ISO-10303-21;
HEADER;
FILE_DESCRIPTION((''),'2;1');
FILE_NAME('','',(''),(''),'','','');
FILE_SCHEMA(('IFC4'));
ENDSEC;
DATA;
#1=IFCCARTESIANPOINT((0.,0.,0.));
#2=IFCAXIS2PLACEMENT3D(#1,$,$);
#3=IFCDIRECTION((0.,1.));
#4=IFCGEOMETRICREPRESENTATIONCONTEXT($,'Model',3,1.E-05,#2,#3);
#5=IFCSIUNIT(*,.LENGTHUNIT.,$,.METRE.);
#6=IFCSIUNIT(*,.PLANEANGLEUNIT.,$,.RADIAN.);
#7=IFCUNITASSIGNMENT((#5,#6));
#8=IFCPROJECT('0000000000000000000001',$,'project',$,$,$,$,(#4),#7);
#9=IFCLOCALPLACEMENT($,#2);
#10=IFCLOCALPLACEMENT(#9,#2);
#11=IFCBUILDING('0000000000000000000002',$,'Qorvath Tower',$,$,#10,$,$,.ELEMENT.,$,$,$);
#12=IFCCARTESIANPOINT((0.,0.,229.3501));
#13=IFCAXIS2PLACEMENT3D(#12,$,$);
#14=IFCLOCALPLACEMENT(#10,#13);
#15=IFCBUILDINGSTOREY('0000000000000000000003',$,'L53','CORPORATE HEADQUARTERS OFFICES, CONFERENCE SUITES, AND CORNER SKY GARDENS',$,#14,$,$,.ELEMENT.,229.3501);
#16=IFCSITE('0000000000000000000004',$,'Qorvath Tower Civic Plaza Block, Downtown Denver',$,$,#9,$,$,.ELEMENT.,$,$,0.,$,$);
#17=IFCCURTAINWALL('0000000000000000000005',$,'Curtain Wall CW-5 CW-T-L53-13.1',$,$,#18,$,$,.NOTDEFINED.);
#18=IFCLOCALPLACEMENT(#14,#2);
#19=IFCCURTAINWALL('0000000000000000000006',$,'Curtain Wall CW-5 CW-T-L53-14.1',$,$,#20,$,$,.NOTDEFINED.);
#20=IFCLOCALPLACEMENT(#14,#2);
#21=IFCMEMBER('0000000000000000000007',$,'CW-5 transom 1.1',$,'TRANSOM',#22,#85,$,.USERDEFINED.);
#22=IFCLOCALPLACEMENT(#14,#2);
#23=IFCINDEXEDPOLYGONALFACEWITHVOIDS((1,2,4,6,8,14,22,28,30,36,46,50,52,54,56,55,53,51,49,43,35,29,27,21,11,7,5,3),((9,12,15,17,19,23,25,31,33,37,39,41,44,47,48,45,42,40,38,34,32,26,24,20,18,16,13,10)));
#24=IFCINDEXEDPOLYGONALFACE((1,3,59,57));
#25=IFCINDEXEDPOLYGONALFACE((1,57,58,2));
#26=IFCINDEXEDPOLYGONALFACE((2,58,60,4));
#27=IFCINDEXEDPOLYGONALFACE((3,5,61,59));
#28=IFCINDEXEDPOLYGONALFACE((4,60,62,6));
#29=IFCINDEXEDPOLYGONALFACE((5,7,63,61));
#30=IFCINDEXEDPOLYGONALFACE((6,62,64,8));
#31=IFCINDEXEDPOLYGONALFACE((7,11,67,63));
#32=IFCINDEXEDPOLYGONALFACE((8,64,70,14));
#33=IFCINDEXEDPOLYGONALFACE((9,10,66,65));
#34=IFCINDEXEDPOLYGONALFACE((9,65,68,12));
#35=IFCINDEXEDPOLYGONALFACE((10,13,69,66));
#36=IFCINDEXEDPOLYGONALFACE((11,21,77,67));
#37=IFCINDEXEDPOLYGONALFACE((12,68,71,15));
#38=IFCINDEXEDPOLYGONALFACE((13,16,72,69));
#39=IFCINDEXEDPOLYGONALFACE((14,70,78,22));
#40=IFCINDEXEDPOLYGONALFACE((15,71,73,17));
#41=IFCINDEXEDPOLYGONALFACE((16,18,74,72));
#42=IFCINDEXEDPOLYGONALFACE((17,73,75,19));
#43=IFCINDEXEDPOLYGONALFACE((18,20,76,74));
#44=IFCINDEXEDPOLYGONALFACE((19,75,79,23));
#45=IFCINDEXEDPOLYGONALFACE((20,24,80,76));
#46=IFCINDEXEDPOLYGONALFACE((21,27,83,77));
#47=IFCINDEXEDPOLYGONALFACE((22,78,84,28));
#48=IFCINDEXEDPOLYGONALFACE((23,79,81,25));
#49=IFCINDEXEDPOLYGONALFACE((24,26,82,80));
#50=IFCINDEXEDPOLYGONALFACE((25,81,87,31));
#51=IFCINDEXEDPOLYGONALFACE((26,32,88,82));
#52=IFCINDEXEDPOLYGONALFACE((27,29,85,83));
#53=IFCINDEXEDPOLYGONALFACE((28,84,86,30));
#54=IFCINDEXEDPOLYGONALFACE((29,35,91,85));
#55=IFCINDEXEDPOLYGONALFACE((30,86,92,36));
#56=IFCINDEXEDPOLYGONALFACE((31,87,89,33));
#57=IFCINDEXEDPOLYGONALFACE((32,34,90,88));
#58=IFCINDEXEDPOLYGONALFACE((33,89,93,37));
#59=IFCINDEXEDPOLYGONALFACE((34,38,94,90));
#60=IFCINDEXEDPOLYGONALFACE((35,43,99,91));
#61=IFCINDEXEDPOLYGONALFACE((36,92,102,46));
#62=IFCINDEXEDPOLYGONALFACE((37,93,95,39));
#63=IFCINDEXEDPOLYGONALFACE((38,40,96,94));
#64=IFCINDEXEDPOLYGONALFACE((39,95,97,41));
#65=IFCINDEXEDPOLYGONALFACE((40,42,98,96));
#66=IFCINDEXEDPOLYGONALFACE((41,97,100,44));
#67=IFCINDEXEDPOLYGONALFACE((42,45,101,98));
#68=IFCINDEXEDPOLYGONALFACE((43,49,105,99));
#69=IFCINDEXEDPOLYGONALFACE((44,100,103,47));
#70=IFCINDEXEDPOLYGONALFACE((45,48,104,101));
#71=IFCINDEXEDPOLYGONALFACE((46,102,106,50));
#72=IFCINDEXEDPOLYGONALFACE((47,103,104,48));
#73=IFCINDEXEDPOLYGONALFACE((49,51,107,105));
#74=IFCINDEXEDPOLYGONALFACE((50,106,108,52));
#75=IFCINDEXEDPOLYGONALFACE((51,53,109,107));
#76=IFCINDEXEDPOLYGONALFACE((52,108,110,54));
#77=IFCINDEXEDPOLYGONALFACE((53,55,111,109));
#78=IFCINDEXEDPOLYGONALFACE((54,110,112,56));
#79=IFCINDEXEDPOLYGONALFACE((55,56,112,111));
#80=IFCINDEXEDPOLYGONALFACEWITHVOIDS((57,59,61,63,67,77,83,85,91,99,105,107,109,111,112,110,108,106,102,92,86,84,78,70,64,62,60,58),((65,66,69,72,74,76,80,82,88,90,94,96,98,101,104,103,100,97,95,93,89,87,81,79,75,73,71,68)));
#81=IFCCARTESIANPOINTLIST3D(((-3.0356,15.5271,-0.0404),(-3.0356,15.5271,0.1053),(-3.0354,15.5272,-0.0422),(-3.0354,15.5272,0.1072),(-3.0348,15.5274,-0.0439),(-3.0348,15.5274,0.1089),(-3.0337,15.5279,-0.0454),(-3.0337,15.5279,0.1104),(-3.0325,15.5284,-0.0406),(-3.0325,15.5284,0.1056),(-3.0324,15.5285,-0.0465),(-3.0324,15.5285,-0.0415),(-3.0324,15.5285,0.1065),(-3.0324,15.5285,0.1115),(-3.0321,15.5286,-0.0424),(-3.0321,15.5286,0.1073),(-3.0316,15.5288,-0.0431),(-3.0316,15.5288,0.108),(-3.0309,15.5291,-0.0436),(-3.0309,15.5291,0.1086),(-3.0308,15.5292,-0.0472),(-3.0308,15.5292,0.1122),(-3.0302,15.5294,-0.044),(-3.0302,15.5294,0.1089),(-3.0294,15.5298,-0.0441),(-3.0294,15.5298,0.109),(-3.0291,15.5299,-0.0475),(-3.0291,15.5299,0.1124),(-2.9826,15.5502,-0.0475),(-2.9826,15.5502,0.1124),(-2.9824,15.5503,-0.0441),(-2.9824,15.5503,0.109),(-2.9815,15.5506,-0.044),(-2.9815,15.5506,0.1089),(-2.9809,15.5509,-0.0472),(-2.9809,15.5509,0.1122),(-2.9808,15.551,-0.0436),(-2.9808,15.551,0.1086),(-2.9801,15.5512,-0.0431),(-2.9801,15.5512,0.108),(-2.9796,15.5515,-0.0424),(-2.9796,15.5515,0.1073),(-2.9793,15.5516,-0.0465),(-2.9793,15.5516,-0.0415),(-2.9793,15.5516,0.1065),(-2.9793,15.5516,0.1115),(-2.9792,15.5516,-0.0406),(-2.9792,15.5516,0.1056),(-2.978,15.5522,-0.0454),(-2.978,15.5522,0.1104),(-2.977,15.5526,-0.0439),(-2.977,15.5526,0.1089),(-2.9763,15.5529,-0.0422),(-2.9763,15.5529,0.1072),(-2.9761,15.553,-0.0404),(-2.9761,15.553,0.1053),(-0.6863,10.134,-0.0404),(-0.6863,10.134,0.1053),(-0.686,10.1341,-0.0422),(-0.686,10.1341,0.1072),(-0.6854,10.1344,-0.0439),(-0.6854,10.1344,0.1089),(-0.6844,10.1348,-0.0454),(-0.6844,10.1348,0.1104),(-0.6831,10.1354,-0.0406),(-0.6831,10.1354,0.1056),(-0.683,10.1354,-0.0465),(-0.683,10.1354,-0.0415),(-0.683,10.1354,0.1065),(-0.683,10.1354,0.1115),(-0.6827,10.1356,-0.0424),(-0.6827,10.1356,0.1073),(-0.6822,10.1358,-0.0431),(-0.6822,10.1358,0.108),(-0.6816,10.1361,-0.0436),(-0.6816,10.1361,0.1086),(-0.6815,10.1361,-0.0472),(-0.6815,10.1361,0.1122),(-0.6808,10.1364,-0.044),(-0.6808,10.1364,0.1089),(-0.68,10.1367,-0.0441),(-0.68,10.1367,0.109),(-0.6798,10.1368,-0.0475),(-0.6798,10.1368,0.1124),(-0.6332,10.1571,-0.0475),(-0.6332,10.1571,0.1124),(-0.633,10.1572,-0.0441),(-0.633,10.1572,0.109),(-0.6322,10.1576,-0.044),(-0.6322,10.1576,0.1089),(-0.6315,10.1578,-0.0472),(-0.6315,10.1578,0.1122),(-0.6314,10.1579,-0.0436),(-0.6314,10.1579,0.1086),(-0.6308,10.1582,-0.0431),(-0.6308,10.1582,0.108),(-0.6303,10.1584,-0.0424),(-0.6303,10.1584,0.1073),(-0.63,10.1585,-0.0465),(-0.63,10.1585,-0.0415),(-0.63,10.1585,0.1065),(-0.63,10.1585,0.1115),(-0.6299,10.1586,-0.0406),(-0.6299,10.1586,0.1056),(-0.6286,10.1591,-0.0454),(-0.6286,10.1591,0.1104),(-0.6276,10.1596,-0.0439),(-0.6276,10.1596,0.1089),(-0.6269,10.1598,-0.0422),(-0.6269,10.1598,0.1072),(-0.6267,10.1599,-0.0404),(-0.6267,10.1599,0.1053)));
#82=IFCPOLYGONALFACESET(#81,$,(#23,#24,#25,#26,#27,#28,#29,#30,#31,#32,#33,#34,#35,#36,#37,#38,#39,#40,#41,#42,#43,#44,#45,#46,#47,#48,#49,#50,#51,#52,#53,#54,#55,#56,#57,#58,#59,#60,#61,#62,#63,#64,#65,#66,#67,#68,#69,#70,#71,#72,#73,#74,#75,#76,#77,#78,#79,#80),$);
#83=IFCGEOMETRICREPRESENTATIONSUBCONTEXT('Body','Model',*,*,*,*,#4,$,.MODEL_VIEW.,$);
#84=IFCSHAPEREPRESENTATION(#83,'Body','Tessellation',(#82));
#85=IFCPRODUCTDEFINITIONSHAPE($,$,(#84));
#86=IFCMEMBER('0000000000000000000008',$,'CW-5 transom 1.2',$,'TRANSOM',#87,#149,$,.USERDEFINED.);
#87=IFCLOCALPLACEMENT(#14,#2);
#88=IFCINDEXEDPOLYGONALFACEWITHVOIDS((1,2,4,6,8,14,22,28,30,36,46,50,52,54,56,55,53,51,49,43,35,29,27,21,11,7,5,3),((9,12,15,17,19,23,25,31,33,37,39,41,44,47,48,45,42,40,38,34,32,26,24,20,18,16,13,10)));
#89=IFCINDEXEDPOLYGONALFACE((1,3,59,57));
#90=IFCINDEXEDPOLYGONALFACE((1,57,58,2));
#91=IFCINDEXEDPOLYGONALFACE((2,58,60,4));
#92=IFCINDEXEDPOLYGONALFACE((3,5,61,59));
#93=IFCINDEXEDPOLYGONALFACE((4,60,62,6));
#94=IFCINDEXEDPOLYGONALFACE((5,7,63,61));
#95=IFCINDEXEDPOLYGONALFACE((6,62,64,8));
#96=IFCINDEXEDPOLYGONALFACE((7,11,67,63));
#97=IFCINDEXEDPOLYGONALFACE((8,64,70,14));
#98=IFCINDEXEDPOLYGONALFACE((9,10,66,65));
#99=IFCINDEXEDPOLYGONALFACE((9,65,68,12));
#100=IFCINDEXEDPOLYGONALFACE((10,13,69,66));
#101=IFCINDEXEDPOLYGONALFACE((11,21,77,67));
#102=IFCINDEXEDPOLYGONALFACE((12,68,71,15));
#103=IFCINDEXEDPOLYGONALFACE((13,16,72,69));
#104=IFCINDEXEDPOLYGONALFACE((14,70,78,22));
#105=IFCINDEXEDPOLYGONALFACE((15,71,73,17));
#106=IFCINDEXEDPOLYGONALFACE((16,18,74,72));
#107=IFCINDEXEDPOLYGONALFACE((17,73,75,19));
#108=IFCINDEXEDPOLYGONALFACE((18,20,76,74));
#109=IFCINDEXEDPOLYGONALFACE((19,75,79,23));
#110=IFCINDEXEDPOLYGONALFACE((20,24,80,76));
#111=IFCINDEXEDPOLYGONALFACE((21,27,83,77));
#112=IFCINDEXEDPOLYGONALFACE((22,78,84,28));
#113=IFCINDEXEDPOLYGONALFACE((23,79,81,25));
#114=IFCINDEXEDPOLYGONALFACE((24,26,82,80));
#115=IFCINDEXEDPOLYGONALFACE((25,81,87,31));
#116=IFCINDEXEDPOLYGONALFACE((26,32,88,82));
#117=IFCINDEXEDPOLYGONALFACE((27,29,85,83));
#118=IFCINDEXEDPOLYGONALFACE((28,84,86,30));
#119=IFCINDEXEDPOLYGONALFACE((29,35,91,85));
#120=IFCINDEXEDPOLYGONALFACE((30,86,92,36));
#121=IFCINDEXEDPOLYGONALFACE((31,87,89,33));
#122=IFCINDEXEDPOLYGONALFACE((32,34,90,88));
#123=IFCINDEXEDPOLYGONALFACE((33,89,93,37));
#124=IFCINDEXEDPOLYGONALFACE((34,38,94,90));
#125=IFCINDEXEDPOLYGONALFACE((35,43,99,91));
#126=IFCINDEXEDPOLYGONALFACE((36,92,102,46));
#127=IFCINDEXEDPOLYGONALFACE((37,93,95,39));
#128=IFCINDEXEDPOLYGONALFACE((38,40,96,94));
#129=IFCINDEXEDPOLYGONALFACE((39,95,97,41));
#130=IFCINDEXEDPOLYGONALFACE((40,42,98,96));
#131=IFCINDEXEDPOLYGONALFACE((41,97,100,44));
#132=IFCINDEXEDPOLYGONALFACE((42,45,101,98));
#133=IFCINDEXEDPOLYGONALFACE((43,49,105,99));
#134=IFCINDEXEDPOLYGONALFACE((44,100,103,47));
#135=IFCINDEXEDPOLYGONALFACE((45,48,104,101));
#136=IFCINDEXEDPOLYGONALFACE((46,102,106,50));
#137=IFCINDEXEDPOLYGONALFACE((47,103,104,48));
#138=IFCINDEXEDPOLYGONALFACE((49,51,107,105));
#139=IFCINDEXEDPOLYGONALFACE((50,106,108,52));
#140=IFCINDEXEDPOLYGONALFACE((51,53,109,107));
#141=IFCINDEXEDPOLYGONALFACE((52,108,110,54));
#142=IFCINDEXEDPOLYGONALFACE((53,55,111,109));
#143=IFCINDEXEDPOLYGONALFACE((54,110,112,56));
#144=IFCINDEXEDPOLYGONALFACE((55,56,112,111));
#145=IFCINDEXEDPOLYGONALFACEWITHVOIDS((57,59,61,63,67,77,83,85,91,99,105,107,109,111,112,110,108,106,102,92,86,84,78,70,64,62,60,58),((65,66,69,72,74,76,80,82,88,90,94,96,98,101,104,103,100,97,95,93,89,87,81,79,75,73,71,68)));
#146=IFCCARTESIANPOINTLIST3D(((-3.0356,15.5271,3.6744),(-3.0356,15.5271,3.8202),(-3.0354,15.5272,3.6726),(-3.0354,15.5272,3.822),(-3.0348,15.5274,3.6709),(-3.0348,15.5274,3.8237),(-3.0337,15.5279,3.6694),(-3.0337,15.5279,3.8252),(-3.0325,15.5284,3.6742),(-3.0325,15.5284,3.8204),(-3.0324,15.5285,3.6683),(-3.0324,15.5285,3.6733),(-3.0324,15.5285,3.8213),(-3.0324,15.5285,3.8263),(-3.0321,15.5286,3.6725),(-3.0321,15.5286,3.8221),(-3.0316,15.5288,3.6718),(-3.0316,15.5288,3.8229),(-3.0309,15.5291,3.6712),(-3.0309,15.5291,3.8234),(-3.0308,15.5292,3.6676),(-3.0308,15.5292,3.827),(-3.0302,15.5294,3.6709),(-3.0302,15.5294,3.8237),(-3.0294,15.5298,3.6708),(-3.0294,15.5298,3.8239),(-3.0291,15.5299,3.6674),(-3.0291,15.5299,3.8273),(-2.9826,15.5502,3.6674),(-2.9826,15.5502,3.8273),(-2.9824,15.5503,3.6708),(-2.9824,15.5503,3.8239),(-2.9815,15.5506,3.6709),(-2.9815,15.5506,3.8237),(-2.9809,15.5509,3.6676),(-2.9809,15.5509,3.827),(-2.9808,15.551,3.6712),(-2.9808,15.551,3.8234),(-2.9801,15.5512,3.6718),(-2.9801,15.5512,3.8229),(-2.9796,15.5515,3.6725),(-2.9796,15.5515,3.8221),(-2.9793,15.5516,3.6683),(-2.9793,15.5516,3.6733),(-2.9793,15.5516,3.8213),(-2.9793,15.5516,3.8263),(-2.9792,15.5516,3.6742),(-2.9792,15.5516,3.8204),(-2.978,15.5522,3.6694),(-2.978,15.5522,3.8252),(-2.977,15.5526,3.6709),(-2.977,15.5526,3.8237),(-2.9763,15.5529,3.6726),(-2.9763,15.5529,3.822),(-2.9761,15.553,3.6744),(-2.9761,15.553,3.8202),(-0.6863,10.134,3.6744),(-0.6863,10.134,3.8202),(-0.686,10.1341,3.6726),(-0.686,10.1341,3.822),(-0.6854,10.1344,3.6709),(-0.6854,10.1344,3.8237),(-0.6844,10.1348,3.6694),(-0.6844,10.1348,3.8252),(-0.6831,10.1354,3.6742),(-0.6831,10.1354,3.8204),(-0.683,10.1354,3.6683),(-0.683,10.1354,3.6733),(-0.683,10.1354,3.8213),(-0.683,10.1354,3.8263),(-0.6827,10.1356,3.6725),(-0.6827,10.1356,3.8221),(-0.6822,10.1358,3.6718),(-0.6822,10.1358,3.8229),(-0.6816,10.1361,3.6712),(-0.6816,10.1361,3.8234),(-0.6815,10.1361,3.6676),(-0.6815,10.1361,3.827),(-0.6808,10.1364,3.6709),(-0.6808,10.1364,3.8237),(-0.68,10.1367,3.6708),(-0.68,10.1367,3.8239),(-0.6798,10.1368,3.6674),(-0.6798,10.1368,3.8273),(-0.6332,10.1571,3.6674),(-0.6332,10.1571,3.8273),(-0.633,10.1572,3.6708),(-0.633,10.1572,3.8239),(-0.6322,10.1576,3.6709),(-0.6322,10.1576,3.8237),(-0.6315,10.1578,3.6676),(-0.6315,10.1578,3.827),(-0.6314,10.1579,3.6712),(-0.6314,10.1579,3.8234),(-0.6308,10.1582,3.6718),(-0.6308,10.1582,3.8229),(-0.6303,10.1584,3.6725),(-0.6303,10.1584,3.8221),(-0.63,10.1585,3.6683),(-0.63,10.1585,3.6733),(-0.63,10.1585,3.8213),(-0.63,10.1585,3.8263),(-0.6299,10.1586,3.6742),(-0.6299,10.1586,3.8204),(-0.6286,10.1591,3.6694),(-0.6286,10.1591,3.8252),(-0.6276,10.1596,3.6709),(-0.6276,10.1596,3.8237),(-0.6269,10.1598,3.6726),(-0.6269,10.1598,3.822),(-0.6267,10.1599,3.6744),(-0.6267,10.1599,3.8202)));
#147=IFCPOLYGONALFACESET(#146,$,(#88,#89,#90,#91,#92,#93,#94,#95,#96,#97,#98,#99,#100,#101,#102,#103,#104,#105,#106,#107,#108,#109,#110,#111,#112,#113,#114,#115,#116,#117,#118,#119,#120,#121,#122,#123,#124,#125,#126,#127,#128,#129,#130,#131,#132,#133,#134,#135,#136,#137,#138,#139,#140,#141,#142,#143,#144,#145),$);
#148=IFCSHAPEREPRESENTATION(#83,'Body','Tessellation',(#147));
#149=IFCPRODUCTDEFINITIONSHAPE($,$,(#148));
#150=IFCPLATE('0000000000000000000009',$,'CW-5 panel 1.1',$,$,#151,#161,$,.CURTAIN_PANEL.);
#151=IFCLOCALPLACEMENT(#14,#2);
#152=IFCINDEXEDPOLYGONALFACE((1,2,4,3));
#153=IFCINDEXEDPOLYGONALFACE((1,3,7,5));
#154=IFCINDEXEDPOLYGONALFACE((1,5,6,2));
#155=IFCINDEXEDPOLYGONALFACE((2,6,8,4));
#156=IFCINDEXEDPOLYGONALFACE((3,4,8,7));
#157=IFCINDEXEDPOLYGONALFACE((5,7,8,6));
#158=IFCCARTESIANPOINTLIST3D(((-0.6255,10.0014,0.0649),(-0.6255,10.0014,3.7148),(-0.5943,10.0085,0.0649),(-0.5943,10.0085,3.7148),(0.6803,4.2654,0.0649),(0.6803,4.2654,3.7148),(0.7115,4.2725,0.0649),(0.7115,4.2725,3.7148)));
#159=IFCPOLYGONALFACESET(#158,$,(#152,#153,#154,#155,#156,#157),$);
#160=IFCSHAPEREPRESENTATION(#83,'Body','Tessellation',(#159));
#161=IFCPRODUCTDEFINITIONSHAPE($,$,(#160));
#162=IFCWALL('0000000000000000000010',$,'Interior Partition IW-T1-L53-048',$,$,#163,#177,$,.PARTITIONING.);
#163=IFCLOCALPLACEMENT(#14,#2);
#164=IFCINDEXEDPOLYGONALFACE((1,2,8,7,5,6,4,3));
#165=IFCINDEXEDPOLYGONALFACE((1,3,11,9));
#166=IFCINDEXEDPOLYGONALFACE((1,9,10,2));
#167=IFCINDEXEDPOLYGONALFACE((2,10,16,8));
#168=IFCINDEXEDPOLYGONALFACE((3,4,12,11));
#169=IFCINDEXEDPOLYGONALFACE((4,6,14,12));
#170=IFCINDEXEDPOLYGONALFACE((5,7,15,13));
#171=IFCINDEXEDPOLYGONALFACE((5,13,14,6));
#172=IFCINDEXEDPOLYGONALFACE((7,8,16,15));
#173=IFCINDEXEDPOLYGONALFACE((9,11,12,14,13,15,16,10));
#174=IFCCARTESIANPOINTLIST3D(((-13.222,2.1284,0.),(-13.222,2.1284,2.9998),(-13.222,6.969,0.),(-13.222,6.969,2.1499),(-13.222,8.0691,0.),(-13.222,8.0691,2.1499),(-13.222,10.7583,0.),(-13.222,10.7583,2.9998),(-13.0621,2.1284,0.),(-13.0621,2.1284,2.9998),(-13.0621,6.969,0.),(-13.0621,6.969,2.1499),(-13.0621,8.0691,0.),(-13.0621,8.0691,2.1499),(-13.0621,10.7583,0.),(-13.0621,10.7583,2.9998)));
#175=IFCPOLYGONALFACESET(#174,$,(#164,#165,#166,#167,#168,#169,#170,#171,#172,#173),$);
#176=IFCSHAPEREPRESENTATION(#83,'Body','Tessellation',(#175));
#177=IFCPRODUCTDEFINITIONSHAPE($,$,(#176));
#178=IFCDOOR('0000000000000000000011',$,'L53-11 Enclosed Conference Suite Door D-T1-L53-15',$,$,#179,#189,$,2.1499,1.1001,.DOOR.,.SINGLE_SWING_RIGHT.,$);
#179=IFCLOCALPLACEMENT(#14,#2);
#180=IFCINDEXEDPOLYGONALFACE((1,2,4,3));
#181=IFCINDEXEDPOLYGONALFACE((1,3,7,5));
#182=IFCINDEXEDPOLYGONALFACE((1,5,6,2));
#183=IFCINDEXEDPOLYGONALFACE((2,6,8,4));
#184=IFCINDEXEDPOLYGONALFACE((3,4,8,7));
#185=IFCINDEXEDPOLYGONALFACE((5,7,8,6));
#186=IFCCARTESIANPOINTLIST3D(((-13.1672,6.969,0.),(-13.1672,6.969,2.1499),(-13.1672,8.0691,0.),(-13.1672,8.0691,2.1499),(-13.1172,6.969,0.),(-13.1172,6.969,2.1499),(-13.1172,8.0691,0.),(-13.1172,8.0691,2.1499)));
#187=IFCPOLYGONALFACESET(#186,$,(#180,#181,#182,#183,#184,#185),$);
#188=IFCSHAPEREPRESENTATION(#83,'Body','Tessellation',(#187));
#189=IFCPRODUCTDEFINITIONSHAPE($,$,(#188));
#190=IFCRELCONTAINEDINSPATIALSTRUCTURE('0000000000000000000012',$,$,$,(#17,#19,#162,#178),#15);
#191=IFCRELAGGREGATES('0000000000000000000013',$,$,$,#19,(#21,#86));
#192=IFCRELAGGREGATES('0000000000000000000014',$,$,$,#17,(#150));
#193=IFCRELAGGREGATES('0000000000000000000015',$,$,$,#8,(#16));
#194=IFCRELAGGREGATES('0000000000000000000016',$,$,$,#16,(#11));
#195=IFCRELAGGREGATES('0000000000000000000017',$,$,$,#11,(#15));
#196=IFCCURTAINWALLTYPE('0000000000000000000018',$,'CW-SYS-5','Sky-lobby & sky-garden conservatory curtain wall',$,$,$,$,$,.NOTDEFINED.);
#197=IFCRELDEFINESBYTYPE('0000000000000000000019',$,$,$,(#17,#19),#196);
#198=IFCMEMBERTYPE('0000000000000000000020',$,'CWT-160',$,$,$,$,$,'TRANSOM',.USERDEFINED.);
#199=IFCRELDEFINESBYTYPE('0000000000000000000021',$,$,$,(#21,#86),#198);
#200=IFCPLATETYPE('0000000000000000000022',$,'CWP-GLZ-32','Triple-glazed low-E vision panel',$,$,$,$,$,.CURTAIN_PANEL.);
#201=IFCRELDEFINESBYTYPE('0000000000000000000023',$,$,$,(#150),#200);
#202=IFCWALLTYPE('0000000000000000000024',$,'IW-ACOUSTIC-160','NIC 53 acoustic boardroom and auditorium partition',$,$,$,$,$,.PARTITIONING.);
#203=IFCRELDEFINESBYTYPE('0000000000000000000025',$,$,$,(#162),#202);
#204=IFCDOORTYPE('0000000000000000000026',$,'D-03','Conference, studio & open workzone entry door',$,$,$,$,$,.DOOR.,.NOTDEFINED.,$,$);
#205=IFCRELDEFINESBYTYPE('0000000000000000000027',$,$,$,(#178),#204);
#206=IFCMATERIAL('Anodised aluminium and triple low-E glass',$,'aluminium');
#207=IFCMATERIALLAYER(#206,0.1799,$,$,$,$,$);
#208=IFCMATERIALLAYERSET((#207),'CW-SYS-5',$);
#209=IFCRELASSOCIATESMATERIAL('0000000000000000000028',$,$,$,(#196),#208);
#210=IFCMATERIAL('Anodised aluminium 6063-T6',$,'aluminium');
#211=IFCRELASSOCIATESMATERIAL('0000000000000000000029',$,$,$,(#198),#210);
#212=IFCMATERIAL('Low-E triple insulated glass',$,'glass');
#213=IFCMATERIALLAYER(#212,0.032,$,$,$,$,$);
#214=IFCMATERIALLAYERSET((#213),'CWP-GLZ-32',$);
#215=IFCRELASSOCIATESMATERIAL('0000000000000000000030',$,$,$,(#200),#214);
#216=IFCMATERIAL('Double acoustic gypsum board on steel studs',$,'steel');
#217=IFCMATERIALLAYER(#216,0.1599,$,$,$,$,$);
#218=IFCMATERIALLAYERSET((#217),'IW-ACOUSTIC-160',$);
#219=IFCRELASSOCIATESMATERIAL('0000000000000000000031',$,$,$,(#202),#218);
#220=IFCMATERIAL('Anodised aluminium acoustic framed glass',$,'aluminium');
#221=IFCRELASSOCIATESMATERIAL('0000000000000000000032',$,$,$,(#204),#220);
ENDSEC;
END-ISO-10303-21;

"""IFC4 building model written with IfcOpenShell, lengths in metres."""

from ifc_helpers import new_model, si_unit, direction, frame, frame_2d, origin, origin_2d, place, context, subcontext, project, spatial, rectangle, hollow_rectangle, extrude, material, layer, layer_set, material_profile, profile_set, type_object, element, fill, aggregate, save


model = new_model("IFC4")

# Units and contexts
model_context = context("Model", 3, precision=1e-05, world=origin(), true_north=direction((0.0, 1.0)))
body_context = subcontext(model_context, "Body", "Model", "MODEL_VIEW")
ifc_project = project(units=[si_unit("LENGTHUNIT", "METRE"), si_unit("PLANEANGLEUNIT", "RADIAN")], contexts=[model_context])

# Site, building, storey
site_placement = place(None, origin())
site = spatial("IfcSite", under=ifc_project, at=site_placement, Name="Qorvath Tower Civic Plaza Block, Downtown Denver", CompositionType="ELEMENT", RefElevation=0.0)
building_placement = place(site_placement, origin())
building = spatial("IfcBuilding", under=site, at=building_placement, Name="Qorvath Tower", CompositionType="ELEMENT")
storey_placement = place(building_placement, frame((0.0, 0.0, 229.3501)))
storey = spatial("IfcBuildingStorey", under=building, at=storey_placement, Name="L53", Description="CORPORATE HEADQUARTERS OFFICES, CONFERENCE SUITES, AND CORNER SKY GARDENS", CompositionType="ELEMENT", Elevation=229.3501)

# Shared definitions
ifc_material_1 = material(Name="Anodised aluminium and triple low-E glass", Category="aluminium")
ifc_layer_1 = layer(ifc_material_1, 0.1799)
ifc_layer_set_1 = layer_set([ifc_layer_1], Name="CW-SYS-5")
curtain_wall_type = type_object("IfcCurtainWallType", Name="CW-SYS-5", Description="Sky-lobby & sky-garden conservatory curtain wall", PredefinedType="NOTDEFINED", material=ifc_layer_set_1)

# Curtain wall
curtain_wall_1_placement = place(storey_placement, origin())
curtain_wall_1 = element("IfcCurtainWall", 1, at=curtain_wall_1_placement, inside=storey, type_object=curtain_wall_type, Name="Curtain Wall CW-5 CW-T-L53-13.1", PredefinedType="NOTDEFINED")

# Curtain wall
curtain_wall_2_placement = place(storey_placement, origin())
curtain_wall_2 = element("IfcCurtainWall", 2, at=curtain_wall_2_placement, inside=storey, type_object=curtain_wall_type, Name="Curtain Wall CW-5 CW-T-L53-14.1", PredefinedType="NOTDEFINED")

# Members
ifc_material_2 = material(Name="Anodised aluminium 6063-T6", Category="aluminium")
ifc_material_profile_1 = material_profile(ifc_material_2, hollow_rectangle(XDim=0.0649, YDim=0.1599, WallThickness=0.0034, InnerFilletRadius=0.0034, OuterFilletRadius=0.0071, at=origin_2d()), Name="CWT 160x65")
ifc_profile_set_1 = profile_set([ifc_material_profile_1], Name="Anodised aluminium 6063-T6")
member_type_1 = type_object("IfcMemberType", Name="CWT-160", ElementType="TRANSOM", PredefinedType="USERDEFINED", material=ifc_profile_set_1)
member_1_placement = place(storey_placement, frame((-0.6565, 10.147, 0.0325), z_axis=(-0.399377, 0.916787, 0.0), x_axis=(-0.916787, -0.399377, 0.0)))
member_1 = element("IfcMember", 3, at=member_1_placement, type_object=member_type_1, Name="CW-5 transom 1.1", ObjectType="TRANSOM", PredefinedType="USERDEFINED", context=body_context, shape_type="SweptSolid", body=[
    extrude(hollow_rectangle(XDim=0.0649, YDim=0.1599, WallThickness=0.0034, InnerFilletRadius=0.0034, OuterFilletRadius=0.0071, at=origin_2d()), origin(), (0.0, 0.0, 1.0), 5.8826),
])
member_2_placement = place(storey_placement, frame((-0.6565, 10.147, 3.7473), z_axis=(-0.399377, 0.916787, 0.0), x_axis=(-0.916787, -0.399377, 0.0)))
member_2 = element("IfcMember", 4, at=member_2_placement, type_object=member_type_1, Name="CW-5 transom 1.2", ObjectType="TRANSOM", PredefinedType="USERDEFINED", context=body_context, shape_type="SweptSolid", body=[
    extrude(hollow_rectangle(XDim=0.0649, YDim=0.1599, WallThickness=0.0034, InnerFilletRadius=0.0034, OuterFilletRadius=0.0071, at=origin_2d()), origin(), (0.0, 0.0, 1.0), 5.8826),
])
aggregate(curtain_wall_2, [member_1, member_2])

# Plate
ifc_material_3 = material(Name="Low-E triple insulated glass", Category="glass")
ifc_layer_2 = layer(ifc_material_3, 0.032)
ifc_layer_set_2 = layer_set([ifc_layer_2], Name="CWP-GLZ-32")
plate_type = type_object("IfcPlateType", Name="CWP-GLZ-32", Description="Triple-glazed low-E vision panel", PredefinedType="CURTAIN_PANEL", material=ifc_layer_set_2)
plate_placement = place(storey_placement, frame((0.043, 7.137, 0.0649), z_axis=(0.0, 0.0, 1.0), x_axis=(-0.22197, 0.975053, 0.0)))
plate = element("IfcPlate", 5, at=plate_placement, type_object=plate_type, Name="CW-5 panel 1.1", PredefinedType="CURTAIN_PANEL", context=body_context, shape_type="SweptSolid", body=[
    extrude(rectangle(XDim=5.8828, YDim=0.032, at=origin_2d()), origin(), (0.0, 0.0, 1.0), 3.6499),
])
aggregate(curtain_wall_1, [plate])

# Wall, opening, door
ifc_material_4 = material(Name="Double acoustic gypsum board on steel studs", Category="steel")
ifc_layer_3 = layer(ifc_material_4, 0.1599)
ifc_layer_set_3 = layer_set([ifc_layer_3], Name="IW-ACOUSTIC-160")
wall_type_1 = type_object("IfcWallType", Name="IW-ACOUSTIC-160", Description="NIC 53 acoustic boardroom and auditorium partition", PredefinedType="PARTITIONING", material=ifc_layer_set_3)
wall_1_placement = place(storey_placement, frame((-13.1421, 10.7583, 0.0), z_axis=(0.0, 0.0, 1.0), x_axis=(0.0, -1.0, 0.0)))
wall_1 = element("IfcWall", 6, at=wall_1_placement, inside=storey, type_object=wall_type_1, Name="Interior Partition IW-T1-L53-048", PredefinedType="PARTITIONING", context=body_context, shape_type="SweptSolid", body=[
    extrude(rectangle(XDim=8.6299, YDim=0.1599, at=frame_2d((4.3149, 0.0))), origin(), (0.0, 0.0, 1.0), 2.9998),
])
opening_1_placement = place(wall_1_placement, frame((2.6892, 0.0, 0.0)))
opening_1 = element("IfcOpeningElement", 7, at=opening_1_placement, cuts=wall_1, PredefinedType="OPENING", context=body_context, shape_type="SweptSolid", body=[
    extrude(rectangle(XDim=1.1001, YDim=2.1499, at=frame_2d((0.55, 1.075))), frame((0.0, 0.0898, 0.0), z_axis=(0.0, -1.0, 0.0), x_axis=(1.0, 0.0, 0.0)), (0.0, 0.0, 1.0), 0.1799),
])
ifc_material_5 = material(Name="Anodised aluminium acoustic framed glass", Category="aluminium")
door_type_1 = type_object("IfcDoorType", Name="D-03", Description="Conference, studio & open workzone entry door", OperationType="NOTDEFINED", PredefinedType="DOOR", material=ifc_material_5)
door_1_placement = place(opening_1_placement, origin())
door_1 = element("IfcDoor", 8, at=door_1_placement, inside=storey, type_object=door_type_1, Name="L53-11 Enclosed Conference Suite Door D-T1-L53-15", OperationType="SINGLE_SWING_RIGHT", OverallHeight=2.1499, OverallWidth=1.1001, PredefinedType="DOOR", context=body_context, shape_type="SweptSolid", body=[
    extrude(rectangle(XDim=1.1001, YDim=2.1499, at=frame_2d((0.55, 1.075))), frame((0.0, 0.0249, 0.0), z_axis=(0.0, -1.0, 0.0), x_axis=(1.0, 0.0, 0.0)), (0.0, 0.0, 1.0), 0.05),
])
fill(opening_1, door_1)

save(model, "model.ifc")
